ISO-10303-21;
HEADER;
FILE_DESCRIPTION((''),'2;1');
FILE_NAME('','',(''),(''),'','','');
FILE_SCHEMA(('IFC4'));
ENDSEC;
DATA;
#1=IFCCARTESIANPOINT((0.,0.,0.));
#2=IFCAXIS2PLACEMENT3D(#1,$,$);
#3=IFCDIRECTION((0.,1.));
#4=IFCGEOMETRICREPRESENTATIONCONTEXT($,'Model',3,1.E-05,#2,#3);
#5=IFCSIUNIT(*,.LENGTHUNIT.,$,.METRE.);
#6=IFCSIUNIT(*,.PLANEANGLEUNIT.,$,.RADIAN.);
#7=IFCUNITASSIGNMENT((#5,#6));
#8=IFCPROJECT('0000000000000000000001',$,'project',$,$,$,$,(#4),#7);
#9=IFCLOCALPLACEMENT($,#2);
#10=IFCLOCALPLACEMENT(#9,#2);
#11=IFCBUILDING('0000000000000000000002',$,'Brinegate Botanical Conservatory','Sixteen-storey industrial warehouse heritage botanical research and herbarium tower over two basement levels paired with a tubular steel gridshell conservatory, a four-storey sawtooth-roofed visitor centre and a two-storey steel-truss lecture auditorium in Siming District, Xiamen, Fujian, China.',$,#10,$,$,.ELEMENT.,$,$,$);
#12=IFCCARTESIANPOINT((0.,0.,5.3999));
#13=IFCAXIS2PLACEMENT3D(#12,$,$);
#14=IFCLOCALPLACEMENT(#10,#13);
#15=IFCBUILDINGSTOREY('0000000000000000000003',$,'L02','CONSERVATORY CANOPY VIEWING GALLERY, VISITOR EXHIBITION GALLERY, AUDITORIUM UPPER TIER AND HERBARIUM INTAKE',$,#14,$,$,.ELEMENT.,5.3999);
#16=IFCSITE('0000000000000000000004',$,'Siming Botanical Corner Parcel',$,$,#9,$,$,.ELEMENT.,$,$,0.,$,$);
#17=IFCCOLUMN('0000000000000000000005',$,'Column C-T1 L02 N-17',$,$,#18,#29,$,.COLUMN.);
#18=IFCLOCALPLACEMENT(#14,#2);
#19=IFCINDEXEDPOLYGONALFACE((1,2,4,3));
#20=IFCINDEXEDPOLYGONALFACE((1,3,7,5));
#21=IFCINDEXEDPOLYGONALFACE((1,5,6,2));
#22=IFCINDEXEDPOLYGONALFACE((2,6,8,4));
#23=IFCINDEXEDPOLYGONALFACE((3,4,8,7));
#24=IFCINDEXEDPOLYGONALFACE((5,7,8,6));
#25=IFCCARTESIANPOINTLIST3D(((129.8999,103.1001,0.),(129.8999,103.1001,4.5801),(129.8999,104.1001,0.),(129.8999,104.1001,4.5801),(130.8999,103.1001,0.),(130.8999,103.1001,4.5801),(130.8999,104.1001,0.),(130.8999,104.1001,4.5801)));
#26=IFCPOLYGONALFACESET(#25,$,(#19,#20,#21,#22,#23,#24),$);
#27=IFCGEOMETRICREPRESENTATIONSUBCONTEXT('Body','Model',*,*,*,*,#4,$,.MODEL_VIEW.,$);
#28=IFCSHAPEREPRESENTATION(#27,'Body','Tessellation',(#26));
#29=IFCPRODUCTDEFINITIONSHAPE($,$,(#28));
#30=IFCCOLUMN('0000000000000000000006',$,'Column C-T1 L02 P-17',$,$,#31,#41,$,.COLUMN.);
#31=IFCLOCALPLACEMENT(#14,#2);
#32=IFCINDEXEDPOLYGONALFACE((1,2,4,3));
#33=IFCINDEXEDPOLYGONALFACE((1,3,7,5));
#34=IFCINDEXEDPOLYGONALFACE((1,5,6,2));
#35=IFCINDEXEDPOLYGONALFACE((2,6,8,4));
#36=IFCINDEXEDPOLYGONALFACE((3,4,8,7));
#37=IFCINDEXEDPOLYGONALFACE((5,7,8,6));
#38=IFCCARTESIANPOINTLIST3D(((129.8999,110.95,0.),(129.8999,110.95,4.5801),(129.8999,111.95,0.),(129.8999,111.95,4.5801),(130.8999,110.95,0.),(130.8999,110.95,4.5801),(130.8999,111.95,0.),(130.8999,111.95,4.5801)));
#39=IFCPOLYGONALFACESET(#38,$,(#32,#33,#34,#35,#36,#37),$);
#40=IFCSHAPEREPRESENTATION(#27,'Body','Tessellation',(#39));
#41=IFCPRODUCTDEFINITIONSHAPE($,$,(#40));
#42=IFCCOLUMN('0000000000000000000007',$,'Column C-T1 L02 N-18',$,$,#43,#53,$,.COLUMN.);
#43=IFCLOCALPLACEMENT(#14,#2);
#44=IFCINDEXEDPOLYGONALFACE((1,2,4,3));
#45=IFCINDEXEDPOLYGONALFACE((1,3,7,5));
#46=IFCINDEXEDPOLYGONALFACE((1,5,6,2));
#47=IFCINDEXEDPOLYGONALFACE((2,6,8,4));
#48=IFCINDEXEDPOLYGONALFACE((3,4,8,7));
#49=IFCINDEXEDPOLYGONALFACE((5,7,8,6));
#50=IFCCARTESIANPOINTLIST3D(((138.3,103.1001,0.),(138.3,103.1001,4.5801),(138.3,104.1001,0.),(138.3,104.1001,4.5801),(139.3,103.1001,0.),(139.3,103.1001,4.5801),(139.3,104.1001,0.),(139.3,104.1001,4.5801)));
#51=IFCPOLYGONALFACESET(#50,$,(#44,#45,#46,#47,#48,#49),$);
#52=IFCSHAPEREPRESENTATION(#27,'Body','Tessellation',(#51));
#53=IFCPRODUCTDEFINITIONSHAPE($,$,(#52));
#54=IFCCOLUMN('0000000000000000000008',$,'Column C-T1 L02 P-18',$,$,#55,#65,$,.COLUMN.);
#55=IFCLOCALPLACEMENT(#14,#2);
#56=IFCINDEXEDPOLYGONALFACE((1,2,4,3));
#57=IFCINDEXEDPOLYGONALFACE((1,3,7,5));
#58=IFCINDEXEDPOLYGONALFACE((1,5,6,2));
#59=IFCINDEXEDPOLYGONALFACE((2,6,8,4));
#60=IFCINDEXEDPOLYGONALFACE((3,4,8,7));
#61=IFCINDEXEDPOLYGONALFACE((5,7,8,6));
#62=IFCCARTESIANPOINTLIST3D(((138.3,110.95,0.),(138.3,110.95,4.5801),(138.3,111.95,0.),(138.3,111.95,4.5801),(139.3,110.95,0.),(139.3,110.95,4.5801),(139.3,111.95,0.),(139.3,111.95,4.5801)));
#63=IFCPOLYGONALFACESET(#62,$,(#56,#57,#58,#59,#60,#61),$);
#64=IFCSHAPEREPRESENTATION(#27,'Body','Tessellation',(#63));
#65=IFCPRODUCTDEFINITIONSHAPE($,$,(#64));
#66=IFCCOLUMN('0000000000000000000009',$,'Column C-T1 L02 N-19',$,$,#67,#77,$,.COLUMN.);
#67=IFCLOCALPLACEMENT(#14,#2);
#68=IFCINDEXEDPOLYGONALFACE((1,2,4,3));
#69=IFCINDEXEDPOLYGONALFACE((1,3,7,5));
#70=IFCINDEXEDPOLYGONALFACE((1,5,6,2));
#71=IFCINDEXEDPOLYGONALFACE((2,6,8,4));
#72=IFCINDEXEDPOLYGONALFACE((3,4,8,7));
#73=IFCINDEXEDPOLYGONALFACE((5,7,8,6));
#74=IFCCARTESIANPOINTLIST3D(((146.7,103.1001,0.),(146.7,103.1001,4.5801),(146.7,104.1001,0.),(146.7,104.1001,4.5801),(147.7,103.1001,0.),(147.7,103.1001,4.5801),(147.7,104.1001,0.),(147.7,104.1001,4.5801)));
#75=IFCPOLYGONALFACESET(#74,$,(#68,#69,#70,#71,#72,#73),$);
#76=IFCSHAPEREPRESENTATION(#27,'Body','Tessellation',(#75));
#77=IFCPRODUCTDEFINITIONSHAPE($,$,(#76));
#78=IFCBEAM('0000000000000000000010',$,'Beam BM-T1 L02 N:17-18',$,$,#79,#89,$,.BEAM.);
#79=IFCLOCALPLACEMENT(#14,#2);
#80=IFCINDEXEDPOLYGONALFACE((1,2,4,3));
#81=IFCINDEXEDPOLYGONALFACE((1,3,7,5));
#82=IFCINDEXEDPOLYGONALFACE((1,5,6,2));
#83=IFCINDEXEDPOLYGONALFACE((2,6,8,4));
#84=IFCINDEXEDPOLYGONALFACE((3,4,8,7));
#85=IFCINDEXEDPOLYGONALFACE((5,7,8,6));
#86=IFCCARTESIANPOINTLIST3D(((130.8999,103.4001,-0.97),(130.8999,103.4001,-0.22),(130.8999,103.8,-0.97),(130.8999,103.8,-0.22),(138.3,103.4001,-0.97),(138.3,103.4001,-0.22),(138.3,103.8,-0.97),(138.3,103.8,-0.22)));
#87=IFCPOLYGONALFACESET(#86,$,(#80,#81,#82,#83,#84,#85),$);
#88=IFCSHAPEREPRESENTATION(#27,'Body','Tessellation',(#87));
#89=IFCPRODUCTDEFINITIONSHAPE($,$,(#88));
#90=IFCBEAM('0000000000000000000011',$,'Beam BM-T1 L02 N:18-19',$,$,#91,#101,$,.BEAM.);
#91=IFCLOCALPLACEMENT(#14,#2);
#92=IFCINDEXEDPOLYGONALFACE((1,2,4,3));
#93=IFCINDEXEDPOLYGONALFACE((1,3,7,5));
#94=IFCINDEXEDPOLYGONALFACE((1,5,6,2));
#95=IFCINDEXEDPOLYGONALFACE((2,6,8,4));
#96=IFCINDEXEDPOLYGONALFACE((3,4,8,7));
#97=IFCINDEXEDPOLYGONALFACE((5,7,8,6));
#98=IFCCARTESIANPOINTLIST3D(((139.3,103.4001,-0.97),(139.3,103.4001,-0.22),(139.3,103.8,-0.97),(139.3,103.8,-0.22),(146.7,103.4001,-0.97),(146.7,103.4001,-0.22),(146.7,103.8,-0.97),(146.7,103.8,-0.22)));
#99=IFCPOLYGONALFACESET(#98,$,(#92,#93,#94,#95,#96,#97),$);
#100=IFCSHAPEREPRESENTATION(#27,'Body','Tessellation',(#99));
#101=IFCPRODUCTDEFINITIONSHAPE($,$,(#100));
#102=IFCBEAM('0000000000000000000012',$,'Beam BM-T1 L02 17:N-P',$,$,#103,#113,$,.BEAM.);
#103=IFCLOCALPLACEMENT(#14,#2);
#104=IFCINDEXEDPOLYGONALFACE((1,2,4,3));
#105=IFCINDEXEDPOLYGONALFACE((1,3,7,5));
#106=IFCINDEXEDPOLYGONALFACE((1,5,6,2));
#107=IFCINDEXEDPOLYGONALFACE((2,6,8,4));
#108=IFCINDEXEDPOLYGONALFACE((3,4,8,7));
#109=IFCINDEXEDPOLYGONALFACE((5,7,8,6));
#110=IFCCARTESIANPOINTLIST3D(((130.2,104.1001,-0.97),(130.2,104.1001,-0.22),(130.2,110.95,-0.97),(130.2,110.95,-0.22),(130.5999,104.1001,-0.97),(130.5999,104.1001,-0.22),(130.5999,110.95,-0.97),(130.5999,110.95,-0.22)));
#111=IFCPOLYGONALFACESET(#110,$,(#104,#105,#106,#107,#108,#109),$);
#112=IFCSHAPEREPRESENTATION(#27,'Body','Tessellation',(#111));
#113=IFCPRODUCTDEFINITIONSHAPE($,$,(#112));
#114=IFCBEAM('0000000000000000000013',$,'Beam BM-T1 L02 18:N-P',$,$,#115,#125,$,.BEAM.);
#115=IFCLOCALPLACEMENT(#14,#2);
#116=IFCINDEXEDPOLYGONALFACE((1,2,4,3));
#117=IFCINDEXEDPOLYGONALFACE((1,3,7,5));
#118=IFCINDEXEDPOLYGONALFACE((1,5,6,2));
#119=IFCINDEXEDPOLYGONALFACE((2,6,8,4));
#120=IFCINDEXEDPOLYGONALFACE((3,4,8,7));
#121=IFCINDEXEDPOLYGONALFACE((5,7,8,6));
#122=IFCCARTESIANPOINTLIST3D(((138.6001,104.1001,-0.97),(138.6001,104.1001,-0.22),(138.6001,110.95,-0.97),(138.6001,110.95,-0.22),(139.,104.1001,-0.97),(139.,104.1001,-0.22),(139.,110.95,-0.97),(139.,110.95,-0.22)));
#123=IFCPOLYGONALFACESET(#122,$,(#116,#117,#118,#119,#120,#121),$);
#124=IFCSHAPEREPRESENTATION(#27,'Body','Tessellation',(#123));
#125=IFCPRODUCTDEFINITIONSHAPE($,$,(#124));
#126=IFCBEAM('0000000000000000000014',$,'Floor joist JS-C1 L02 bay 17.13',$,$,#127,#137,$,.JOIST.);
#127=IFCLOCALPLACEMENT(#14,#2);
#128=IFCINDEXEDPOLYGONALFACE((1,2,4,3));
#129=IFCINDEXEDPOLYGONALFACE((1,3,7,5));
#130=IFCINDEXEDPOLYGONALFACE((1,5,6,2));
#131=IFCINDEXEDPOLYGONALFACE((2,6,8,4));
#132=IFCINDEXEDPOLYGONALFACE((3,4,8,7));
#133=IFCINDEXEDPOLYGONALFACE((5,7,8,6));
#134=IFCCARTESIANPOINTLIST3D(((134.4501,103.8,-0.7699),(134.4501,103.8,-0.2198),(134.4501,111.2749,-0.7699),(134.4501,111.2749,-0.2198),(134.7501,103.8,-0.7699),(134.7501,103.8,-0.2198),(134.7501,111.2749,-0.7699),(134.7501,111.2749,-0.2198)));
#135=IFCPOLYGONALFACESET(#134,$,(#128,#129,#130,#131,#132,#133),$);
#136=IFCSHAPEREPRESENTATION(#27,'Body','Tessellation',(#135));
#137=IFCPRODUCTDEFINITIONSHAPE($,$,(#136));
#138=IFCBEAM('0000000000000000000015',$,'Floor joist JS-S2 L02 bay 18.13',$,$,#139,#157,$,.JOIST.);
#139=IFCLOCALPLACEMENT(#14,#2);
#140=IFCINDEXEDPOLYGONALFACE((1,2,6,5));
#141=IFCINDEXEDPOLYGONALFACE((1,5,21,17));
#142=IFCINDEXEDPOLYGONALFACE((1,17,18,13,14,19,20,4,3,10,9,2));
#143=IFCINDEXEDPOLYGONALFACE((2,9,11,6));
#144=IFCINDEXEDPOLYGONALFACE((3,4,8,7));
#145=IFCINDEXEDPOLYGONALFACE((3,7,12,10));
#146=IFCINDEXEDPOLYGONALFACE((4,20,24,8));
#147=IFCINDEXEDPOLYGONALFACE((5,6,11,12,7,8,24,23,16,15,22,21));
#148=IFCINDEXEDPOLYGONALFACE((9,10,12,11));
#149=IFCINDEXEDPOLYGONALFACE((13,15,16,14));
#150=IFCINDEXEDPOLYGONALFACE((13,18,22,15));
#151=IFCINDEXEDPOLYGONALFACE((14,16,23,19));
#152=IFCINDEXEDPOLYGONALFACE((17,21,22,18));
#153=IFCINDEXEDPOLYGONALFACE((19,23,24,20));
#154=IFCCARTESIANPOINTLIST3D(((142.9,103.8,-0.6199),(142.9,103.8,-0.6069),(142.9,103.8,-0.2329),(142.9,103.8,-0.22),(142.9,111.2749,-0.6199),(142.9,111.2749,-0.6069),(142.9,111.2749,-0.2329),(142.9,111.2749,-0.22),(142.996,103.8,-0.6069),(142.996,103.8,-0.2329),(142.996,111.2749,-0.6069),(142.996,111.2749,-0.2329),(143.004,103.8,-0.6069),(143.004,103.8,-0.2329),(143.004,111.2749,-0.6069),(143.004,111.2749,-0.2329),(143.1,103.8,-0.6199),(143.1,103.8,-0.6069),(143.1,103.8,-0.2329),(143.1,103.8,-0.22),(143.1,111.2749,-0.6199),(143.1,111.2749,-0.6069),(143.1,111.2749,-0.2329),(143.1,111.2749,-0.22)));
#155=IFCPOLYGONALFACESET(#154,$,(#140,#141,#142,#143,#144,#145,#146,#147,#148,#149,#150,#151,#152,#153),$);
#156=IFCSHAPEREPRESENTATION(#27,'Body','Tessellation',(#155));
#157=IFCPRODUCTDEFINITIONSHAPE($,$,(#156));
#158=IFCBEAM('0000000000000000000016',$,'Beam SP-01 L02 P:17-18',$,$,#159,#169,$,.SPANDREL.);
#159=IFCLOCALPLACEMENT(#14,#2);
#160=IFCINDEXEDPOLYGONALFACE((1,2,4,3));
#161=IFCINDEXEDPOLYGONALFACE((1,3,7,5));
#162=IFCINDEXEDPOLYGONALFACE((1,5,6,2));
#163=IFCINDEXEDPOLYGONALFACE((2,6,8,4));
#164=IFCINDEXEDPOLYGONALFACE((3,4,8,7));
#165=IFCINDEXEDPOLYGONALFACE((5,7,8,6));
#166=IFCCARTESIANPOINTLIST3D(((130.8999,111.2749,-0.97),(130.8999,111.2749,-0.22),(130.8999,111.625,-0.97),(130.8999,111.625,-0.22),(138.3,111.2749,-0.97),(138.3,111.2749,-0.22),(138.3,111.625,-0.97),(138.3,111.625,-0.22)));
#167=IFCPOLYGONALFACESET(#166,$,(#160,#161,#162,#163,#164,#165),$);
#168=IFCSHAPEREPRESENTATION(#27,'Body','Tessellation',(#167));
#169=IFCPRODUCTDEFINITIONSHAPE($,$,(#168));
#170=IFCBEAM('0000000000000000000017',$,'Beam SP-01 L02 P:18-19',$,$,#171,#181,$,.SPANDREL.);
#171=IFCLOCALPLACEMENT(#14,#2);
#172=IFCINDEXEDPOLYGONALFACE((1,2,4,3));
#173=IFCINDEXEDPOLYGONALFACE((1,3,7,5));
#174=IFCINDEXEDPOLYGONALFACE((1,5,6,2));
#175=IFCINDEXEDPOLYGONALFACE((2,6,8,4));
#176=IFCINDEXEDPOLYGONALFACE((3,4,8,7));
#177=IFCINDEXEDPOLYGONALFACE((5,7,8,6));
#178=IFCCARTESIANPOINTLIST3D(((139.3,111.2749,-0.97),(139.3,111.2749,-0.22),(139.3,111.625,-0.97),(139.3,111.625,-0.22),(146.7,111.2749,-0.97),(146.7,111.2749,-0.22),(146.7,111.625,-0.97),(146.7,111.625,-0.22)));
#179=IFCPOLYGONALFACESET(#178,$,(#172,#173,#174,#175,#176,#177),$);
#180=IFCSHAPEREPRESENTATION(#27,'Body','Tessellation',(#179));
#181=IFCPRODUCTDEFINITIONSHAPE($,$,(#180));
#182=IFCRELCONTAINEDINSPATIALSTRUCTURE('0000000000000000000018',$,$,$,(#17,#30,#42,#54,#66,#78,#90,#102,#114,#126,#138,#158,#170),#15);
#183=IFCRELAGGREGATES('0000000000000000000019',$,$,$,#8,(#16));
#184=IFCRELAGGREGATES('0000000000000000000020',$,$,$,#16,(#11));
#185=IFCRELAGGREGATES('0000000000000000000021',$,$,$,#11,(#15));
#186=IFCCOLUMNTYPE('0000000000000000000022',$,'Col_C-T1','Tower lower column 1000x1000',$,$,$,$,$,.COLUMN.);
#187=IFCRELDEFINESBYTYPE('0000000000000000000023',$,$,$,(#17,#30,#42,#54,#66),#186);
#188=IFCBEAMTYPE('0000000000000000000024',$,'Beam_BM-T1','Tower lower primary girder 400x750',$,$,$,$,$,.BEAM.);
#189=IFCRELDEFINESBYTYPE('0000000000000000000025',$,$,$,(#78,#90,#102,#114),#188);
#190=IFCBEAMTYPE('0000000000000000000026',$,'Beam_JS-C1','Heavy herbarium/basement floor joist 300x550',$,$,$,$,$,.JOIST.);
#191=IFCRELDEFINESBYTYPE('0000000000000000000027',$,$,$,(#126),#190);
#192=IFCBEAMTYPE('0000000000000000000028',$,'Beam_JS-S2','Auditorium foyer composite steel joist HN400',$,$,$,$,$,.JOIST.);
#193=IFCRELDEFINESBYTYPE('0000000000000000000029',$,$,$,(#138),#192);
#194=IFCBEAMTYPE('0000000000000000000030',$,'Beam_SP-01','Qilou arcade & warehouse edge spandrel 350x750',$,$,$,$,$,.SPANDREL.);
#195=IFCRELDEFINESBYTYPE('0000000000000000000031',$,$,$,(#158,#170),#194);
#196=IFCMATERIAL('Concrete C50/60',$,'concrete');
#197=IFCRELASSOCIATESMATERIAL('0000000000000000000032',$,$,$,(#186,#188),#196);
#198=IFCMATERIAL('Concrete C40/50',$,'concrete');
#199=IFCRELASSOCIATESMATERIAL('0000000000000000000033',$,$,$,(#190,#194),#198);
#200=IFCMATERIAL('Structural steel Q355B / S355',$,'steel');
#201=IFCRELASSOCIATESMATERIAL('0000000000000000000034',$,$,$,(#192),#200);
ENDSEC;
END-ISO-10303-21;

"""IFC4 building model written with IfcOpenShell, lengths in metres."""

from ifc_helpers import new_model, si_unit, direction, frame, origin, origin_2d, place, context, subcontext, project, spatial, rectangle, i_section, extrude, material, material_profile, profile_set, type_object, element, save


model = new_model("IFC4")

# Units and contexts
model_context = context("Model", 3, precision=1e-05, world=origin(), true_north=direction((0.0, 1.0)))
body_context = subcontext(model_context, "Body", "Model", "MODEL_VIEW")
ifc_project = project(units=[si_unit("LENGTHUNIT", "METRE"), si_unit("PLANEANGLEUNIT", "RADIAN")], contexts=[model_context])

# Site, building, storey
site_placement = place(None, origin())
site = spatial("IfcSite", under=ifc_project, at=site_placement, Name="Siming Botanical Corner Parcel", CompositionType="ELEMENT", RefElevation=0.0)
building_placement = place(site_placement, origin())
building = spatial("IfcBuilding", under=site, at=building_placement, Name="Brinegate Botanical Conservatory", Description="Sixteen-storey industrial warehouse heritage botanical research and herbarium tower over two basement levels paired with a tubular steel gridshell conservatory, a four-storey sawtooth-roofed visitor centre and a two-storey steel-truss lecture auditorium in Siming District, Xiamen, Fujian, China.", CompositionType="ELEMENT")
storey_placement = place(building_placement, frame((0.0, 0.0, 5.3999)))
storey = spatial("IfcBuildingStorey", under=building, at=storey_placement, Name="L02", Description="CONSERVATORY CANOPY VIEWING GALLERY, VISITOR EXHIBITION GALLERY, AUDITORIUM UPPER TIER AND HERBARIUM INTAKE", CompositionType="ELEMENT", Elevation=5.3999)

# Columns
ifc_material_1 = material(Name="Concrete C50/60", Category="concrete")
ifc_material_profile_1 = material_profile(ifc_material_1, rectangle(XDim=1.0, YDim=1.0, at=origin_2d()), Name="RC COL 1000x1000")
ifc_profile_set_1 = profile_set([ifc_material_profile_1], Name="Concrete C50/60")
column_type = type_object("IfcColumnType", Name="Col_C-T1", Description="Tower lower column 1000x1000", PredefinedType="COLUMN", material=ifc_profile_set_1)
for number, where, z_axis, x_axis, name in (
    (1, (130.3999, 103.6001, 0.0), (0.0, 0.0, 1.0), (1.0, 0.0, 0.0), "Column C-T1 L02 N-17"),
    (2, (130.3999, 111.45, 0.0), (0.0, 0.0, 1.0), (1.0, 0.0, 0.0), "Column C-T1 L02 P-17"),
    (3, (138.8, 103.6001, 0.0), (0.0, 0.0, 1.0), (1.0, 0.0, 0.0), "Column C-T1 L02 N-18"),
    (4, (138.8, 111.45, 0.0), (0.0, 0.0, 1.0), (1.0, 0.0, 0.0), "Column C-T1 L02 P-18"),
    (5, (147.2, 103.6001, 0.0), (0.0, 0.0, 1.0), (1.0, 0.0, 0.0), "Column C-T1 L02 N-19"),
):
    element("IfcColumn", number, at=place(storey_placement, frame(where, z_axis=z_axis, x_axis=x_axis)), inside=storey, type_object=column_type, Name=name, PredefinedType="COLUMN", context=body_context, shape_type="SweptSolid", body=[
        extrude(rectangle(XDim=1.0, YDim=1.0, at=origin_2d()), origin(), (0.0, 0.0, 1.0), 4.5801),
    ])

# Beams
ifc_material_profile_2 = material_profile(ifc_material_1, rectangle(XDim=0.3999, YDim=0.75, at=origin_2d()), Name="RC BM 400x750")
ifc_profile_set_2 = profile_set([ifc_material_profile_2], Name="Concrete C50/60")
beam_type_1 = type_object("IfcBeamType", Name="Beam_BM-T1", Description="Tower lower primary girder 400x750", PredefinedType="BEAM", material=ifc_profile_set_2)
beam_1_placement = place(storey_placement, frame((130.8999, 103.6001, -0.595), z_axis=(1.0, 0.0, 0.0), x_axis=(0.0, 1.0, 0.0)))
element("IfcBeam", 6, at=beam_1_placement, inside=storey, type_object=beam_type_1, Name="Beam BM-T1 L02 N:17-18", PredefinedType="BEAM", context=body_context, shape_type="SweptSolid", body=[
    extrude(rectangle(XDim=0.3999, YDim=0.75, at=origin_2d()), origin(), (0.0, 0.0, 1.0), 7.4001),
])
beam_2_placement = place(storey_placement, frame((139.3, 103.6001, -0.595), z_axis=(1.0, 0.0, 0.0), x_axis=(0.0, 1.0, 0.0)))
element("IfcBeam", 7, at=beam_2_placement, inside=storey, type_object=beam_type_1, Name="Beam BM-T1 L02 N:18-19", PredefinedType="BEAM", context=body_context, shape_type="SweptSolid", body=[
    extrude(rectangle(XDim=0.3999, YDim=0.75, at=origin_2d()), origin(), (0.0, 0.0, 1.0), 7.3999),
])
for number, where, z_axis, x_axis, name in (
    (8, (130.3999, 104.1001, -0.595), (0.0, 1.0, 0.0), (-1.0, 0.0, 0.0), "Beam BM-T1 L02 17:N-P"),
    (9, (138.8, 104.1001, -0.595), (0.0, 1.0, 0.0), (-1.0, 0.0, 0.0), "Beam BM-T1 L02 18:N-P"),
):
    element("IfcBeam", number, at=place(storey_placement, frame(where, z_axis=z_axis, x_axis=x_axis)), inside=storey, type_object=beam_type_1, Name=name, PredefinedType="BEAM", context=body_context, shape_type="SweptSolid", body=[
        extrude(rectangle(XDim=0.3999, YDim=0.75, at=origin_2d()), origin(), (0.0, 0.0, 1.0), 6.8499),
    ])
ifc_material_2 = material(Name="Concrete C40/50", Category="concrete")
ifc_material_profile_3 = material_profile(ifc_material_2, rectangle(XDim=0.3, YDim=0.55, at=origin_2d()), Name="RC JST 300x550")
ifc_profile_set_3 = profile_set([ifc_material_profile_3], Name="Concrete C40/50")
beam_type_2 = type_object("IfcBeamType", Name="Beam_JS-C1", Description="Heavy herbarium/basement floor joist 300x550", PredefinedType="JOIST", material=ifc_profile_set_3)
beam_3_placement = place(storey_placement, frame((134.6001, 103.8, -0.4949), z_axis=(0.0, 1.0, 0.0), x_axis=(-1.0, 0.0, 0.0)))
element("IfcBeam", 10, at=beam_3_placement, inside=storey, type_object=beam_type_2, Name="Floor joist JS-C1 L02 bay 17.13", PredefinedType="JOIST", context=body_context, shape_type="SweptSolid", body=[
    extrude(rectangle(XDim=0.3, YDim=0.55, at=origin_2d()), origin(), (0.0, 0.0, 1.0), 7.4749),
])
ifc_material_3 = material(Name="Structural steel Q355B / S355", Category="steel")
ifc_material_profile_4 = material_profile(ifc_material_3, i_section(OverallWidth=0.2, OverallDepth=0.3999, WebThickness=0.0081, FlangeThickness=0.0129, at=origin_2d()), Name="HN 400x200x8x13")
ifc_profile_set_4 = profile_set([ifc_material_profile_4], Name="Structural steel Q355B / S355")
beam_type_3 = type_object("IfcBeamType", Name="Beam_JS-S2", Description="Auditorium foyer composite steel joist HN400", PredefinedType="JOIST", material=ifc_profile_set_4)
beam_4_placement = place(storey_placement, frame((143.0, 103.8, -0.4199), z_axis=(0.0, 1.0, 0.0), x_axis=(-1.0, 0.0, 0.0)))
element("IfcBeam", 11, at=beam_4_placement, inside=storey, type_object=beam_type_3, Name="Floor joist JS-S2 L02 bay 18.13", PredefinedType="JOIST", context=body_context, shape_type="SweptSolid", body=[
    extrude(i_section(OverallWidth=0.2, OverallDepth=0.3999, WebThickness=0.0081, FlangeThickness=0.0129, at=origin_2d()), origin(), (0.0, 0.0, 1.0), 7.4749),
])
ifc_material_profile_5 = material_profile(ifc_material_2, rectangle(XDim=0.3501, YDim=0.75, at=origin_2d()), Name="RC SPN 350x750")
ifc_profile_set_5 = profile_set([ifc_material_profile_5], Name="Concrete C40/50")
beam_type_4 = type_object("IfcBeamType", Name="Beam_SP-01", Description="Qilou arcade & warehouse edge spandrel 350x750", PredefinedType="SPANDREL", material=ifc_profile_set_5)
beam_5_placement = place(storey_placement, frame((130.8999, 111.45, -0.595), z_axis=(1.0, 0.0, 0.0), x_axis=(0.0, 1.0, 0.0)))
element("IfcBeam", 12, at=beam_5_placement, inside=storey, type_object=beam_type_4, Name="Beam SP-01 L02 P:17-18", PredefinedType="SPANDREL", context=body_context, shape_type="SweptSolid", body=[
    extrude(rectangle(XDim=0.3501, YDim=0.75, at=origin_2d()), origin(), (0.0, 0.0, 1.0), 7.4001),
])
beam_6_placement = place(storey_placement, frame((139.3, 111.45, -0.595), z_axis=(1.0, 0.0, 0.0), x_axis=(0.0, 1.0, 0.0)))
element("IfcBeam", 13, at=beam_6_placement, inside=storey, type_object=beam_type_4, Name="Beam SP-01 L02 P:18-19", PredefinedType="SPANDREL", context=body_context, shape_type="SweptSolid", body=[
    extrude(rectangle(XDim=0.3501, YDim=0.75, at=origin_2d()), origin(), (0.0, 0.0, 1.0), 7.3999),
])

save(model, "model.ifc")
